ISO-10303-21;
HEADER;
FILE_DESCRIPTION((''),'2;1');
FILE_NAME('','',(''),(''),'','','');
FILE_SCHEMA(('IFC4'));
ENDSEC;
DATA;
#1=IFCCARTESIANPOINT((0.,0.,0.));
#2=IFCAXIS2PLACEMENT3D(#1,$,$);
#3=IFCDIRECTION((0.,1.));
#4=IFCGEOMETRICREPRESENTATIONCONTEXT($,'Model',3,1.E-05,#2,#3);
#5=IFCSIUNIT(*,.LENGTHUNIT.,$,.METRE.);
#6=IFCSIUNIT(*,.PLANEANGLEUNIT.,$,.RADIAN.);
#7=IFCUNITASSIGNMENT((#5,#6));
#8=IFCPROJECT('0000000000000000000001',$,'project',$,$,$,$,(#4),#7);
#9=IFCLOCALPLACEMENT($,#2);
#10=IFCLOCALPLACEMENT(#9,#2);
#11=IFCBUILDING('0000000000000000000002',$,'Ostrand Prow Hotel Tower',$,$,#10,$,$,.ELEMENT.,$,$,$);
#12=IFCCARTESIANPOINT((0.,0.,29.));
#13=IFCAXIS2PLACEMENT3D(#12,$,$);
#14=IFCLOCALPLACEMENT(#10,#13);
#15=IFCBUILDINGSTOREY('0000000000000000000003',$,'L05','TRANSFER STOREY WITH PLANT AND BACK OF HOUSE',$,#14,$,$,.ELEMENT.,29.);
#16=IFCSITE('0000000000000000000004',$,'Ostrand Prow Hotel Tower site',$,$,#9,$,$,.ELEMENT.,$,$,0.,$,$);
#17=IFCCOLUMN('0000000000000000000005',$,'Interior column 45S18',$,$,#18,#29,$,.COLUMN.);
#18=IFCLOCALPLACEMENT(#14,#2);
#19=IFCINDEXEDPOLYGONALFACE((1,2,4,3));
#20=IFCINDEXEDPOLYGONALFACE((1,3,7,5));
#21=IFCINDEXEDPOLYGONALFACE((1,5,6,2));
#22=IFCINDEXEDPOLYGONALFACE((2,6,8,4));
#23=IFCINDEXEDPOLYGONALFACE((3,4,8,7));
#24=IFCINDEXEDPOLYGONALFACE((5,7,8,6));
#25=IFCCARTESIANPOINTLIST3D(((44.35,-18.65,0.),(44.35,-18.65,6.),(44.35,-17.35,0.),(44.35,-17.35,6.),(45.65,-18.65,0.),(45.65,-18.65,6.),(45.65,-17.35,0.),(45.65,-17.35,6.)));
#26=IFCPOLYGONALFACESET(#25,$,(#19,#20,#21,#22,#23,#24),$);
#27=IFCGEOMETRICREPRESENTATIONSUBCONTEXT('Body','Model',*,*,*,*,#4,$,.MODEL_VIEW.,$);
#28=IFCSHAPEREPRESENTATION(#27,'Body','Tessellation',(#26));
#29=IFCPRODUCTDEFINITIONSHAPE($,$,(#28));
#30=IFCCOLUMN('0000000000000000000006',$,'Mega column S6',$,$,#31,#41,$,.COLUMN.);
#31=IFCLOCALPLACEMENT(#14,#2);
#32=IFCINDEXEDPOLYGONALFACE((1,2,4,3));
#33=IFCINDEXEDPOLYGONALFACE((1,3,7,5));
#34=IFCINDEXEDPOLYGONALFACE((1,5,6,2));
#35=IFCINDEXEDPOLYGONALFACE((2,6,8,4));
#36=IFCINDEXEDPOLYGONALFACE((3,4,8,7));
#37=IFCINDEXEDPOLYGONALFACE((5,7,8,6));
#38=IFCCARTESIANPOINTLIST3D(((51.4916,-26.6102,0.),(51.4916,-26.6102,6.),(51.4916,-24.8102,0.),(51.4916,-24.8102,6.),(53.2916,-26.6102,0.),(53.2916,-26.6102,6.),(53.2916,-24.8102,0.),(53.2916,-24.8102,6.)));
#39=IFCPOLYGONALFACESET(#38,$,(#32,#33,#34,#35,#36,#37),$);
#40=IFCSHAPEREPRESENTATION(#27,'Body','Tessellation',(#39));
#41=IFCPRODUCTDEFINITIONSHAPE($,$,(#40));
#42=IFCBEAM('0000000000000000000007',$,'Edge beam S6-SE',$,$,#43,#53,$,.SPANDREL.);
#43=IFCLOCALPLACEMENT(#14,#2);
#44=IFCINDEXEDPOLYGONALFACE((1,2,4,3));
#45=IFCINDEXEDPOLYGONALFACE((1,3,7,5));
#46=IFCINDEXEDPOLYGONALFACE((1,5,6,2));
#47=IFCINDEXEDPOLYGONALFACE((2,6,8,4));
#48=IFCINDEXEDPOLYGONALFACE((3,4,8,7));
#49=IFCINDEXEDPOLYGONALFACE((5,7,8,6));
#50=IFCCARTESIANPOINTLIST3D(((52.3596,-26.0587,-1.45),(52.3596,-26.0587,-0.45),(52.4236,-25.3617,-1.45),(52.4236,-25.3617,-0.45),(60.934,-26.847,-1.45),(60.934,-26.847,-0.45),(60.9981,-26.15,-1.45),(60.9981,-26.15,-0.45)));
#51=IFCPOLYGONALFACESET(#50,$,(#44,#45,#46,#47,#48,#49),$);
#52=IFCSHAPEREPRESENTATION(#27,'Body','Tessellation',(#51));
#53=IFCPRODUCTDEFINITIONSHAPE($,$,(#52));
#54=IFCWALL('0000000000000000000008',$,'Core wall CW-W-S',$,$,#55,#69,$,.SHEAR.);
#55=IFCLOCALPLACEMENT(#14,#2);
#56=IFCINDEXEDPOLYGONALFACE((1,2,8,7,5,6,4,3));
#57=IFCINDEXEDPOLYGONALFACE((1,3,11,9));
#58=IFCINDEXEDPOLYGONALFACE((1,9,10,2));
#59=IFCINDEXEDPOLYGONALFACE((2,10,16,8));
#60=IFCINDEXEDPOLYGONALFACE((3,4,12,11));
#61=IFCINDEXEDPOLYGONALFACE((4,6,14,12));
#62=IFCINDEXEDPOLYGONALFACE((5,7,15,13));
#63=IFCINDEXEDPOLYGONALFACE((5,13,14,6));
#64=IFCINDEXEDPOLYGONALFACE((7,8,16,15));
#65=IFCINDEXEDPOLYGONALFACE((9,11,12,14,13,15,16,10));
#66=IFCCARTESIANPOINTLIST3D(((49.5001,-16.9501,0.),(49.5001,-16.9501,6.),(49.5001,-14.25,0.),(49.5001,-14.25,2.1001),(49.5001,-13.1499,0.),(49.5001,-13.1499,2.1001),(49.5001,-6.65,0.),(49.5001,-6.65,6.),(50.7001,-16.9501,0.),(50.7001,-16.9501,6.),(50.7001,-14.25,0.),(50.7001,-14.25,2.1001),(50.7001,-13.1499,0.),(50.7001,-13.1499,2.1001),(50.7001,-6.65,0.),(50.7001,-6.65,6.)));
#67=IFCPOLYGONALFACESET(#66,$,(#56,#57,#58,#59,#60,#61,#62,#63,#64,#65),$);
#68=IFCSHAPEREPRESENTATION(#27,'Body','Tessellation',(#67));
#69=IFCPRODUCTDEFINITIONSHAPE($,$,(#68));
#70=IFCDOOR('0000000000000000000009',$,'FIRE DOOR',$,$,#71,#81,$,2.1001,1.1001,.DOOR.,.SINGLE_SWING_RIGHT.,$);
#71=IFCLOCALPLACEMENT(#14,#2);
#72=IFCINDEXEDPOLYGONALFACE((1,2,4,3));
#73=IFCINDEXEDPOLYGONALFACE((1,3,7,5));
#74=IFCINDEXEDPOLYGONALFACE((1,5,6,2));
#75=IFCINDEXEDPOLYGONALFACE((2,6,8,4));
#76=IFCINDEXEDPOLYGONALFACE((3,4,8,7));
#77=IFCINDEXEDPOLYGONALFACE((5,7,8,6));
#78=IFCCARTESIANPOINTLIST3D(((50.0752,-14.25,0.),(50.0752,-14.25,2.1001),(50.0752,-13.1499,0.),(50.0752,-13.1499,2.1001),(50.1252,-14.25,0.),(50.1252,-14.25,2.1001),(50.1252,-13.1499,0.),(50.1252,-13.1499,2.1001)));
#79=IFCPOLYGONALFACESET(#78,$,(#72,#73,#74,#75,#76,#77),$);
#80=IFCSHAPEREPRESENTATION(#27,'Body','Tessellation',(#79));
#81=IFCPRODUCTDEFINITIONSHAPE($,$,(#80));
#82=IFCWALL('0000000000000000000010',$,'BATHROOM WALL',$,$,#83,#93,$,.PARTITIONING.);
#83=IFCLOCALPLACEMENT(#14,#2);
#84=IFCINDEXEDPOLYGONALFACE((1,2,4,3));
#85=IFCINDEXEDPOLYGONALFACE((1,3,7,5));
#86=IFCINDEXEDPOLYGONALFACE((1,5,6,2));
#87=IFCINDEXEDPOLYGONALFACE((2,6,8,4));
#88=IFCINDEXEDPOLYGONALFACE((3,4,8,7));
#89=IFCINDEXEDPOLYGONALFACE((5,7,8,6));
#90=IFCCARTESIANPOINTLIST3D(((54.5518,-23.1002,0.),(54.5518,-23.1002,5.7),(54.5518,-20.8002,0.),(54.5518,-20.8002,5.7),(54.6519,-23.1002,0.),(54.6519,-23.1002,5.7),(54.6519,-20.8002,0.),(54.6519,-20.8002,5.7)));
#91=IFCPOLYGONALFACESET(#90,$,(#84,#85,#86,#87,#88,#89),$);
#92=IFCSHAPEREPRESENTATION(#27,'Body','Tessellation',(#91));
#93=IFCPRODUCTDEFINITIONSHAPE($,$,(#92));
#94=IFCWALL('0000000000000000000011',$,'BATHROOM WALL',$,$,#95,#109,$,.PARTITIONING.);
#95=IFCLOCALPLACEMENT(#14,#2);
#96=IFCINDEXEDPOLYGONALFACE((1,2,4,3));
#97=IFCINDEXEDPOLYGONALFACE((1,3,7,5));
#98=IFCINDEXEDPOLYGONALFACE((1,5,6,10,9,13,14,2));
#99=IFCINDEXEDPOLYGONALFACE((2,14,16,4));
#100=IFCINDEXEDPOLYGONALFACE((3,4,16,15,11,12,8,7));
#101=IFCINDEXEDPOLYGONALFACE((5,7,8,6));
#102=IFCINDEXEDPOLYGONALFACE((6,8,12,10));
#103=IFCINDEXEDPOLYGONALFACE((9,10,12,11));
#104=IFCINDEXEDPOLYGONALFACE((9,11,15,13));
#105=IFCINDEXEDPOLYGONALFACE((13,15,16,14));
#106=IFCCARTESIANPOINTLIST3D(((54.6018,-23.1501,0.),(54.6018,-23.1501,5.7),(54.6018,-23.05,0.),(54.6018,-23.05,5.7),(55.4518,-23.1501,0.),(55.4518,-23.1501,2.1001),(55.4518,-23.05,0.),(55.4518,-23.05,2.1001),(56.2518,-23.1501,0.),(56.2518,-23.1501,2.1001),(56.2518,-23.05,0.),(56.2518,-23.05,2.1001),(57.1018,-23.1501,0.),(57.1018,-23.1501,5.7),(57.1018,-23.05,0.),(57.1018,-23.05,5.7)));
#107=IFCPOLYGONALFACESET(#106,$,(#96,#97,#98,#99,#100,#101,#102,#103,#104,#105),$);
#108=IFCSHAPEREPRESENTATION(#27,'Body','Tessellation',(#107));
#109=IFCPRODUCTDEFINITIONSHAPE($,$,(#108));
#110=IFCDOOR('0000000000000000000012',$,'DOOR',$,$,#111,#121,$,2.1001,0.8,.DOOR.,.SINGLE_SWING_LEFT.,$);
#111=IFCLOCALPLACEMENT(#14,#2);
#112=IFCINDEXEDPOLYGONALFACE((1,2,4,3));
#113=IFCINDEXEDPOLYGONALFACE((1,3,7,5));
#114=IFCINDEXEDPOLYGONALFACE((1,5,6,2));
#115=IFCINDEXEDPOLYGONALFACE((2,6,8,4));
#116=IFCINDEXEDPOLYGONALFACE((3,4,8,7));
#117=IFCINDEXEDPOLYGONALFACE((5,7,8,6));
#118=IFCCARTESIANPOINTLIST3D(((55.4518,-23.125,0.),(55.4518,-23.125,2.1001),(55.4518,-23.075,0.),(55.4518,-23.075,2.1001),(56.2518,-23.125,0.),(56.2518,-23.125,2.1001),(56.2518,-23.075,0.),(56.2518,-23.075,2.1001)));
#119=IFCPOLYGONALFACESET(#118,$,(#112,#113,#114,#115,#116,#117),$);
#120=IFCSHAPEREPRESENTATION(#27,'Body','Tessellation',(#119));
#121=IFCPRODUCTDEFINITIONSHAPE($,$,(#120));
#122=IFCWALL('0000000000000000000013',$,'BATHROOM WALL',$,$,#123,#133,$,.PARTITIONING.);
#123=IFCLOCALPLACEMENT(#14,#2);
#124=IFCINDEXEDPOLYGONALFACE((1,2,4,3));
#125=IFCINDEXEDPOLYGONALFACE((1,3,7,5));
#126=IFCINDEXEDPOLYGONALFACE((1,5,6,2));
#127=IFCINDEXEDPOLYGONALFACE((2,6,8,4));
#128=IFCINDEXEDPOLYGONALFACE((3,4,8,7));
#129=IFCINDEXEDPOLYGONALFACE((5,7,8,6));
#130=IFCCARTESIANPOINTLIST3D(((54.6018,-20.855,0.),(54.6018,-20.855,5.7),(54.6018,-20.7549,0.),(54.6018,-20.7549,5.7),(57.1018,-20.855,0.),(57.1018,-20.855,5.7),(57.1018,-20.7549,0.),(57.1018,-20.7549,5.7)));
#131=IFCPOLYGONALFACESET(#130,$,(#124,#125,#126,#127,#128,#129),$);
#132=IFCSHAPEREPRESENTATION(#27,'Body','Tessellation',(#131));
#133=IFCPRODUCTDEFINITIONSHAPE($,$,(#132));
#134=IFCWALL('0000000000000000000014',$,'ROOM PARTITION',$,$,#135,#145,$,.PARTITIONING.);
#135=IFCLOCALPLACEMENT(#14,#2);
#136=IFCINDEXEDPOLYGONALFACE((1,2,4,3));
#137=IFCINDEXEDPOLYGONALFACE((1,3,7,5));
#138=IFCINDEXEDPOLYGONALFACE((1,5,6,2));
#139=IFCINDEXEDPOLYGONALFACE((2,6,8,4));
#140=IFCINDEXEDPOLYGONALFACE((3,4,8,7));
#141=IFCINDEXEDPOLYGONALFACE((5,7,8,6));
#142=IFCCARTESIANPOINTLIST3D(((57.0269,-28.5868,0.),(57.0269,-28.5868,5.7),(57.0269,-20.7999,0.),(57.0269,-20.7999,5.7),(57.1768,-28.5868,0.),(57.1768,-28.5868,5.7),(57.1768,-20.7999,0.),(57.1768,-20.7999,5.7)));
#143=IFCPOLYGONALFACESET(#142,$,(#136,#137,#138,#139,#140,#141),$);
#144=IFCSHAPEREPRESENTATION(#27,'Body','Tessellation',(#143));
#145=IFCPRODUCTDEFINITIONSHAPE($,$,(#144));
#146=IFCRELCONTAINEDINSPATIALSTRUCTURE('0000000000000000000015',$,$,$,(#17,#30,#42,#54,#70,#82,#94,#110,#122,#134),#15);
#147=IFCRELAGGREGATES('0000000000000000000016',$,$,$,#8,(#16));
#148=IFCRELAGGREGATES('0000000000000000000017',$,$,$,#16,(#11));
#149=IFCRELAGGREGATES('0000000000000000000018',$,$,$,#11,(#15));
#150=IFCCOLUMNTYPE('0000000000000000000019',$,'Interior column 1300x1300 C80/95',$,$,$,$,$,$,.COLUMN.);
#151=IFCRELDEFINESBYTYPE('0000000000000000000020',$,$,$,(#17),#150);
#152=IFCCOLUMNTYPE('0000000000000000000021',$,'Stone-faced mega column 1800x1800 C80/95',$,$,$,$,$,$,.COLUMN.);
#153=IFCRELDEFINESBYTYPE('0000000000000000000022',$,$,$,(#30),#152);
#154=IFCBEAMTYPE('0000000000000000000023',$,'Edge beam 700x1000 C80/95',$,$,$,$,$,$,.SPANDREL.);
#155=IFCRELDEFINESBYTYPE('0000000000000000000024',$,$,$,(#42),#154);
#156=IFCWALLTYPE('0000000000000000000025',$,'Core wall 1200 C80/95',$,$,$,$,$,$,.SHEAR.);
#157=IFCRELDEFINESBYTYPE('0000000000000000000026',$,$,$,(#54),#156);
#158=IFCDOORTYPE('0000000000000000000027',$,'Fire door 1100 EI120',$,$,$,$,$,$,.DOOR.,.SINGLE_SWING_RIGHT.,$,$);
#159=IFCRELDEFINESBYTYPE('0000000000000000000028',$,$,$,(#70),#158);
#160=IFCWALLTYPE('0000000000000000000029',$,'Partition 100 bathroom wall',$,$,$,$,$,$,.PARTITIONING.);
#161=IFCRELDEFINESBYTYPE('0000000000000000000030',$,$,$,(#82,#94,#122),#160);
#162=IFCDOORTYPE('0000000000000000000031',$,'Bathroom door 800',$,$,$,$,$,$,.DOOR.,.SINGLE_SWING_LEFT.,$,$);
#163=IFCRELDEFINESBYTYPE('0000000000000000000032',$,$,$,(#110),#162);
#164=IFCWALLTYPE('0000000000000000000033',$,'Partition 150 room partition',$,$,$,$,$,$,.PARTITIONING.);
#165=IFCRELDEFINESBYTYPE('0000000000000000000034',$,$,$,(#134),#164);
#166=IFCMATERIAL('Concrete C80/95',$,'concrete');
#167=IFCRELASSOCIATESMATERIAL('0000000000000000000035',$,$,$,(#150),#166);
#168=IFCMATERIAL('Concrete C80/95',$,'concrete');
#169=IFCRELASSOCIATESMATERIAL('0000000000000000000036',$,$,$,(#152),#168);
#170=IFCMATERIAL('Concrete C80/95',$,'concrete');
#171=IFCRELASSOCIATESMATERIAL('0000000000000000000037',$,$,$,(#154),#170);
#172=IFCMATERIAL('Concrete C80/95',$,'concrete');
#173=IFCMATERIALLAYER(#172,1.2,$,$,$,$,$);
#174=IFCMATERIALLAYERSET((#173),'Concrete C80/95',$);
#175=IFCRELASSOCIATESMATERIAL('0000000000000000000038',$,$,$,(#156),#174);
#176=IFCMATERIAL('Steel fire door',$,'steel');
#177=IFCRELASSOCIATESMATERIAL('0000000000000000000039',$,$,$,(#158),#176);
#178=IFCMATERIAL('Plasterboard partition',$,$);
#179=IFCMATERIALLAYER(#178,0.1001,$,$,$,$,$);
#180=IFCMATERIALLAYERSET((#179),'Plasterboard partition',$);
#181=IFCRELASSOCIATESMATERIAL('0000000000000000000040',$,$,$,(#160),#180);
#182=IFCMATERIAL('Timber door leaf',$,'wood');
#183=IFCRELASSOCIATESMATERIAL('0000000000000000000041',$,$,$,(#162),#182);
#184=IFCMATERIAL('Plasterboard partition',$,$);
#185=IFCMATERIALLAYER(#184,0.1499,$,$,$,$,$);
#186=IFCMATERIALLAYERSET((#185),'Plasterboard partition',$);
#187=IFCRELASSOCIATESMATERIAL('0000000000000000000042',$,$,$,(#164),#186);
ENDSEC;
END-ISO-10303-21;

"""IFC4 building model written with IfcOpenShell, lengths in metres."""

from ifc_helpers import new_model, si_unit, direction, frame, frame_2d, origin, origin_2d, place, context, subcontext, project, spatial, rectangle, extrude, material, layer, layer_set, material_profile, profile_set, type_object, element, fill, save


model = new_model("IFC4")

# Units and contexts
model_context = context("Model", 3, precision=1e-05, world=origin(), true_north=direction((0.0, 1.0)))
body_context = subcontext(model_context, "Body", "Model", "MODEL_VIEW")
ifc_project = project(units=[si_unit("LENGTHUNIT", "METRE"), si_unit("PLANEANGLEUNIT", "RADIAN")], contexts=[model_context])

# Site, building, storey
site_placement = place(None, origin())
site = spatial("IfcSite", under=ifc_project, at=site_placement, Name="Ostrand Prow Hotel Tower site", CompositionType="ELEMENT", RefElevation=0.0)
building_placement = place(site_placement, origin())
building = spatial("IfcBuilding", under=site, at=building_placement, Name="Ostrand Prow Hotel Tower", CompositionType="ELEMENT")
storey_placement = place(building_placement, frame((0.0, 0.0, 29.0)))
storey = spatial("IfcBuildingStorey", under=building, at=storey_placement, Name="L05", Description="TRANSFER STOREY WITH PLANT AND BACK OF HOUSE", CompositionType="ELEMENT", Elevation=29.0)

# Columns
ifc_material_1 = material(Name="Concrete C80/95", Category="concrete")
ifc_material_profile_1 = material_profile(ifc_material_1, rectangle(XDim=1.3, YDim=1.3, at=origin_2d()), Name="RC 1300x1300")
ifc_profile_set_1 = profile_set([ifc_material_profile_1], Name="Concrete C80/95")
column_type_1 = type_object("IfcColumnType", Name="Interior column 1300x1300 C80/95", PredefinedType="COLUMN", material=ifc_profile_set_1)
column_1_placement = place(storey_placement, frame((45.0, -18.0, 0.0), z_axis=(0.0, 0.0, 1.0), x_axis=(1.0, 0.0, 0.0)))
element("IfcColumn", 1, at=column_1_placement, inside=storey, type_object=column_type_1, Name="Interior column 45S18", PredefinedType="COLUMN", context=body_context, shape_type="SweptSolid", body=[
    extrude(rectangle(XDim=1.3, YDim=1.3, at=origin_2d()), origin(), (0.0, 0.0, 1.0), 6.0),
])
ifc_material_2 = material(Name="Concrete C80/95", Category="concrete")
ifc_material_profile_2 = material_profile(ifc_material_2, rectangle(XDim=1.8, YDim=1.8, at=origin_2d()), Name="RC 1800x1800")
ifc_profile_set_2 = profile_set([ifc_material_profile_2], Name="Concrete C80/95")
column_type_2 = type_object("IfcColumnType", Name="Stone-faced mega column 1800x1800 C80/95", PredefinedType="COLUMN", material=ifc_profile_set_2)
column_2_placement = place(storey_placement, frame((52.3916, -25.7102, 0.0), z_axis=(0.0, 0.0, 1.0), x_axis=(1.0, 0.0, 0.0)))
element("IfcColumn", 2, at=column_2_placement, inside=storey, type_object=column_type_2, Name="Mega column S6", PredefinedType="COLUMN", context=body_context, shape_type="SweptSolid", body=[
    extrude(rectangle(XDim=1.8, YDim=1.8, at=origin_2d()), origin(), (0.0, 0.0, 1.0), 6.0),
])

# Beam
ifc_material_3 = material(Name="Concrete C80/95", Category="concrete")
ifc_material_profile_3 = material_profile(ifc_material_3, rectangle(XDim=0.7, YDim=1.0, at=origin_2d()), Name="RC 700x1000")
ifc_profile_set_3 = profile_set([ifc_material_profile_3], Name="Concrete C80/95")
beam_type = type_object("IfcBeamType", Name="Edge beam 700x1000 C80/95", PredefinedType="SPANDREL", material=ifc_profile_set_3)
beam_placement = place(storey_placement, frame((52.3916, -25.7102, -0.95), z_axis=(0.9958, -0.091553, 0.0), x_axis=(0.091553, 0.9958, 0.0)))
element("IfcBeam", 3, at=beam_placement, inside=storey, type_object=beam_type, Name="Edge beam S6-SE", PredefinedType="SPANDREL", context=body_context, shape_type="SweptSolid", body=[
    extrude(rectangle(XDim=0.7, YDim=1.0, at=origin_2d()), origin(), (0.0, 0.0, 1.0), 8.6106),
])

# Wall, opening, door
ifc_material_4 = material(Name="Concrete C80/95", Category="concrete")
ifc_layer_1 = layer(ifc_material_4, 1.2)
ifc_layer_set_1 = layer_set([ifc_layer_1], Name="Concrete C80/95")
wall_type_1 = type_object("IfcWallType", Name="Core wall 1200 C80/95", PredefinedType="SHEAR", material=ifc_layer_set_1)
wall_1_placement = place(storey_placement, frame((50.1001, -16.95, 0.0), z_axis=(0.0, 0.0, 1.0), x_axis=(0.0, 1.0, 0.0)))
wall_1 = element("IfcWall", 4, at=wall_1_placement, inside=storey, type_object=wall_type_1, Name="Core wall CW-W-S", PredefinedType="SHEAR", context=body_context, shape_type="SweptSolid", body=[
    extrude(rectangle(XDim=10.3, YDim=1.2, at=frame_2d((5.1499, 0.0))), origin(), (0.0, 0.0, 1.0), 6.0),
])
opening_1_placement = place(wall_1_placement, frame((2.7, 0.0, 0.0)))
opening_1 = element("IfcOpeningElement", 5, at=opening_1_placement, cuts=wall_1, PredefinedType="OPENING", context=body_context, shape_type="SweptSolid", body=[
    extrude(rectangle(XDim=1.1001, YDim=2.1001, at=frame_2d((0.55, 1.05))), frame((0.0, 0.6099, 0.0), z_axis=(0.0, -1.0, 0.0), x_axis=(1.0, 0.0, 0.0)), (0.0, 0.0, 1.0), 1.22),
])
ifc_material_5 = material(Name="Steel fire door", Category="steel")
door_type_1 = type_object("IfcDoorType", Name="Fire door 1100 EI120", OperationType="SINGLE_SWING_RIGHT", PredefinedType="DOOR", material=ifc_material_5)
door_1_placement = place(opening_1_placement, origin())
door_1 = element("IfcDoor", 6, at=door_1_placement, inside=storey, type_object=door_type_1, Name="FIRE DOOR", OperationType="SINGLE_SWING_RIGHT", OverallHeight=2.1001, OverallWidth=1.1001, PredefinedType="DOOR", context=body_context, shape_type="SweptSolid", body=[
    extrude(rectangle(XDim=1.1001, YDim=2.1001, at=frame_2d((0.55, 1.05))), frame((0.0, 0.0249, 0.0), z_axis=(0.0, -1.0, 0.0), x_axis=(1.0, 0.0, 0.0)), (0.0, 0.0, 1.0), 0.05),
])
fill(opening_1, door_1)

# Wall
ifc_material_6 = material(Name="Plasterboard partition")
ifc_layer_2 = layer(ifc_material_6, 0.1001)
ifc_layer_set_2 = layer_set([ifc_layer_2], Name="Plasterboard partition")
wall_type_2 = type_object("IfcWallType", Name="Partition 100 bathroom wall", PredefinedType="PARTITIONING", material=ifc_layer_set_2)
wall_2_placement = place(storey_placement, frame((54.6018, -23.1001, 0.0), z_axis=(0.0, 0.0, 1.0), x_axis=(0.0, 1.0, 0.0)))
element("IfcWall", 7, at=wall_2_placement, inside=storey, type_object=wall_type_2, Name="BATHROOM WALL", PredefinedType="PARTITIONING", context=body_context, shape_type="SweptSolid", body=[
    extrude(rectangle(XDim=2.3, YDim=0.1001, at=frame_2d((1.1499, 0.0))), origin(), (0.0, 0.0, 1.0), 5.7),
])

# Wall, opening, door
wall_3_placement = place(storey_placement, frame((57.1018, -23.1001, 0.0), z_axis=(0.0, 0.0, 1.0), x_axis=(-1.0, 0.0, 0.0)))
wall_3 = element("IfcWall", 8, at=wall_3_placement, inside=storey, type_object=wall_type_2, Name="BATHROOM WALL", PredefinedType="PARTITIONING", context=body_context, shape_type="SweptSolid", body=[
    extrude(rectangle(XDim=2.5, YDim=0.1001, at=frame_2d((1.25, 0.0))), origin(), (0.0, 0.0, 1.0), 5.7),
])
opening_2_placement = place(wall_3_placement, frame((0.8501, 0.0, 0.0)))
opening_2 = element("IfcOpeningElement", 9, at=opening_2_placement, cuts=wall_3, PredefinedType="OPENING", context=body_context, shape_type="SweptSolid", body=[
    extrude(rectangle(XDim=0.8, YDim=2.1001, at=frame_2d((0.3999, 1.05))), frame((0.0, 0.0601, 0.0), z_axis=(0.0, -1.0, 0.0), x_axis=(1.0, 0.0, 0.0)), (0.0, 0.0, 1.0), 0.1201),
])
ifc_material_7 = material(Name="Timber door leaf", Category="wood")
door_type_2 = type_object("IfcDoorType", Name="Bathroom door 800", OperationType="SINGLE_SWING_LEFT", PredefinedType="DOOR", material=ifc_material_7)
door_2_placement = place(opening_2_placement, origin())
door_2 = element("IfcDoor", 10, at=door_2_placement, inside=storey, type_object=door_type_2, Name="DOOR", OperationType="SINGLE_SWING_LEFT", OverallHeight=2.1001, OverallWidth=0.8, PredefinedType="DOOR", context=body_context, shape_type="SweptSolid", body=[
    extrude(rectangle(XDim=0.8, YDim=2.1001, at=frame_2d((0.3999, 1.05))), frame((0.0, 0.0249, 0.0), z_axis=(0.0, -1.0, 0.0), x_axis=(1.0, 0.0, 0.0)), (0.0, 0.0, 1.0), 0.05),
])
fill(opening_2, door_2)

# Walls
wall_4_placement = place(storey_placement, frame((54.6018, -20.8049, 0.0), z_axis=(0.0, 0.0, 1.0), x_axis=(1.0, 0.0, 0.0)))
element("IfcWall", 11, at=wall_4_placement, inside=storey, type_object=wall_type_2, Name="BATHROOM WALL", PredefinedType="PARTITIONING", context=body_context, shape_type="SweptSolid", body=[
    extrude(rectangle(XDim=2.5, YDim=0.1001, at=frame_2d((1.25, 0.0))), origin(), (0.0, 0.0, 1.0), 5.7),
])
ifc_material_8 = material(Name="Plasterboard partition")
ifc_layer_3 = layer(ifc_material_8, 0.1499)
ifc_layer_set_3 = layer_set([ifc_layer_3], Name="Plasterboard partition")
wall_type_3 = type_object("IfcWallType", Name="Partition 150 room partition", PredefinedType="PARTITIONING", material=ifc_layer_set_3)
wall_5_placement = place(storey_placement, frame((57.1018, -28.5869, 0.0), z_axis=(0.0, 0.0, 1.0), x_axis=(0.0, 1.0, 0.0)))
element("IfcWall", 12, at=wall_5_placement, inside=storey, type_object=wall_type_3, Name="ROOM PARTITION", PredefinedType="PARTITIONING", context=body_context, shape_type="SweptSolid", body=[
    extrude(rectangle(XDim=7.7869, YDim=0.1499, at=frame_2d((3.8936, 0.0))), origin(), (0.0, 0.0, 1.0), 5.7),
])

save(model, "model.ifc")
